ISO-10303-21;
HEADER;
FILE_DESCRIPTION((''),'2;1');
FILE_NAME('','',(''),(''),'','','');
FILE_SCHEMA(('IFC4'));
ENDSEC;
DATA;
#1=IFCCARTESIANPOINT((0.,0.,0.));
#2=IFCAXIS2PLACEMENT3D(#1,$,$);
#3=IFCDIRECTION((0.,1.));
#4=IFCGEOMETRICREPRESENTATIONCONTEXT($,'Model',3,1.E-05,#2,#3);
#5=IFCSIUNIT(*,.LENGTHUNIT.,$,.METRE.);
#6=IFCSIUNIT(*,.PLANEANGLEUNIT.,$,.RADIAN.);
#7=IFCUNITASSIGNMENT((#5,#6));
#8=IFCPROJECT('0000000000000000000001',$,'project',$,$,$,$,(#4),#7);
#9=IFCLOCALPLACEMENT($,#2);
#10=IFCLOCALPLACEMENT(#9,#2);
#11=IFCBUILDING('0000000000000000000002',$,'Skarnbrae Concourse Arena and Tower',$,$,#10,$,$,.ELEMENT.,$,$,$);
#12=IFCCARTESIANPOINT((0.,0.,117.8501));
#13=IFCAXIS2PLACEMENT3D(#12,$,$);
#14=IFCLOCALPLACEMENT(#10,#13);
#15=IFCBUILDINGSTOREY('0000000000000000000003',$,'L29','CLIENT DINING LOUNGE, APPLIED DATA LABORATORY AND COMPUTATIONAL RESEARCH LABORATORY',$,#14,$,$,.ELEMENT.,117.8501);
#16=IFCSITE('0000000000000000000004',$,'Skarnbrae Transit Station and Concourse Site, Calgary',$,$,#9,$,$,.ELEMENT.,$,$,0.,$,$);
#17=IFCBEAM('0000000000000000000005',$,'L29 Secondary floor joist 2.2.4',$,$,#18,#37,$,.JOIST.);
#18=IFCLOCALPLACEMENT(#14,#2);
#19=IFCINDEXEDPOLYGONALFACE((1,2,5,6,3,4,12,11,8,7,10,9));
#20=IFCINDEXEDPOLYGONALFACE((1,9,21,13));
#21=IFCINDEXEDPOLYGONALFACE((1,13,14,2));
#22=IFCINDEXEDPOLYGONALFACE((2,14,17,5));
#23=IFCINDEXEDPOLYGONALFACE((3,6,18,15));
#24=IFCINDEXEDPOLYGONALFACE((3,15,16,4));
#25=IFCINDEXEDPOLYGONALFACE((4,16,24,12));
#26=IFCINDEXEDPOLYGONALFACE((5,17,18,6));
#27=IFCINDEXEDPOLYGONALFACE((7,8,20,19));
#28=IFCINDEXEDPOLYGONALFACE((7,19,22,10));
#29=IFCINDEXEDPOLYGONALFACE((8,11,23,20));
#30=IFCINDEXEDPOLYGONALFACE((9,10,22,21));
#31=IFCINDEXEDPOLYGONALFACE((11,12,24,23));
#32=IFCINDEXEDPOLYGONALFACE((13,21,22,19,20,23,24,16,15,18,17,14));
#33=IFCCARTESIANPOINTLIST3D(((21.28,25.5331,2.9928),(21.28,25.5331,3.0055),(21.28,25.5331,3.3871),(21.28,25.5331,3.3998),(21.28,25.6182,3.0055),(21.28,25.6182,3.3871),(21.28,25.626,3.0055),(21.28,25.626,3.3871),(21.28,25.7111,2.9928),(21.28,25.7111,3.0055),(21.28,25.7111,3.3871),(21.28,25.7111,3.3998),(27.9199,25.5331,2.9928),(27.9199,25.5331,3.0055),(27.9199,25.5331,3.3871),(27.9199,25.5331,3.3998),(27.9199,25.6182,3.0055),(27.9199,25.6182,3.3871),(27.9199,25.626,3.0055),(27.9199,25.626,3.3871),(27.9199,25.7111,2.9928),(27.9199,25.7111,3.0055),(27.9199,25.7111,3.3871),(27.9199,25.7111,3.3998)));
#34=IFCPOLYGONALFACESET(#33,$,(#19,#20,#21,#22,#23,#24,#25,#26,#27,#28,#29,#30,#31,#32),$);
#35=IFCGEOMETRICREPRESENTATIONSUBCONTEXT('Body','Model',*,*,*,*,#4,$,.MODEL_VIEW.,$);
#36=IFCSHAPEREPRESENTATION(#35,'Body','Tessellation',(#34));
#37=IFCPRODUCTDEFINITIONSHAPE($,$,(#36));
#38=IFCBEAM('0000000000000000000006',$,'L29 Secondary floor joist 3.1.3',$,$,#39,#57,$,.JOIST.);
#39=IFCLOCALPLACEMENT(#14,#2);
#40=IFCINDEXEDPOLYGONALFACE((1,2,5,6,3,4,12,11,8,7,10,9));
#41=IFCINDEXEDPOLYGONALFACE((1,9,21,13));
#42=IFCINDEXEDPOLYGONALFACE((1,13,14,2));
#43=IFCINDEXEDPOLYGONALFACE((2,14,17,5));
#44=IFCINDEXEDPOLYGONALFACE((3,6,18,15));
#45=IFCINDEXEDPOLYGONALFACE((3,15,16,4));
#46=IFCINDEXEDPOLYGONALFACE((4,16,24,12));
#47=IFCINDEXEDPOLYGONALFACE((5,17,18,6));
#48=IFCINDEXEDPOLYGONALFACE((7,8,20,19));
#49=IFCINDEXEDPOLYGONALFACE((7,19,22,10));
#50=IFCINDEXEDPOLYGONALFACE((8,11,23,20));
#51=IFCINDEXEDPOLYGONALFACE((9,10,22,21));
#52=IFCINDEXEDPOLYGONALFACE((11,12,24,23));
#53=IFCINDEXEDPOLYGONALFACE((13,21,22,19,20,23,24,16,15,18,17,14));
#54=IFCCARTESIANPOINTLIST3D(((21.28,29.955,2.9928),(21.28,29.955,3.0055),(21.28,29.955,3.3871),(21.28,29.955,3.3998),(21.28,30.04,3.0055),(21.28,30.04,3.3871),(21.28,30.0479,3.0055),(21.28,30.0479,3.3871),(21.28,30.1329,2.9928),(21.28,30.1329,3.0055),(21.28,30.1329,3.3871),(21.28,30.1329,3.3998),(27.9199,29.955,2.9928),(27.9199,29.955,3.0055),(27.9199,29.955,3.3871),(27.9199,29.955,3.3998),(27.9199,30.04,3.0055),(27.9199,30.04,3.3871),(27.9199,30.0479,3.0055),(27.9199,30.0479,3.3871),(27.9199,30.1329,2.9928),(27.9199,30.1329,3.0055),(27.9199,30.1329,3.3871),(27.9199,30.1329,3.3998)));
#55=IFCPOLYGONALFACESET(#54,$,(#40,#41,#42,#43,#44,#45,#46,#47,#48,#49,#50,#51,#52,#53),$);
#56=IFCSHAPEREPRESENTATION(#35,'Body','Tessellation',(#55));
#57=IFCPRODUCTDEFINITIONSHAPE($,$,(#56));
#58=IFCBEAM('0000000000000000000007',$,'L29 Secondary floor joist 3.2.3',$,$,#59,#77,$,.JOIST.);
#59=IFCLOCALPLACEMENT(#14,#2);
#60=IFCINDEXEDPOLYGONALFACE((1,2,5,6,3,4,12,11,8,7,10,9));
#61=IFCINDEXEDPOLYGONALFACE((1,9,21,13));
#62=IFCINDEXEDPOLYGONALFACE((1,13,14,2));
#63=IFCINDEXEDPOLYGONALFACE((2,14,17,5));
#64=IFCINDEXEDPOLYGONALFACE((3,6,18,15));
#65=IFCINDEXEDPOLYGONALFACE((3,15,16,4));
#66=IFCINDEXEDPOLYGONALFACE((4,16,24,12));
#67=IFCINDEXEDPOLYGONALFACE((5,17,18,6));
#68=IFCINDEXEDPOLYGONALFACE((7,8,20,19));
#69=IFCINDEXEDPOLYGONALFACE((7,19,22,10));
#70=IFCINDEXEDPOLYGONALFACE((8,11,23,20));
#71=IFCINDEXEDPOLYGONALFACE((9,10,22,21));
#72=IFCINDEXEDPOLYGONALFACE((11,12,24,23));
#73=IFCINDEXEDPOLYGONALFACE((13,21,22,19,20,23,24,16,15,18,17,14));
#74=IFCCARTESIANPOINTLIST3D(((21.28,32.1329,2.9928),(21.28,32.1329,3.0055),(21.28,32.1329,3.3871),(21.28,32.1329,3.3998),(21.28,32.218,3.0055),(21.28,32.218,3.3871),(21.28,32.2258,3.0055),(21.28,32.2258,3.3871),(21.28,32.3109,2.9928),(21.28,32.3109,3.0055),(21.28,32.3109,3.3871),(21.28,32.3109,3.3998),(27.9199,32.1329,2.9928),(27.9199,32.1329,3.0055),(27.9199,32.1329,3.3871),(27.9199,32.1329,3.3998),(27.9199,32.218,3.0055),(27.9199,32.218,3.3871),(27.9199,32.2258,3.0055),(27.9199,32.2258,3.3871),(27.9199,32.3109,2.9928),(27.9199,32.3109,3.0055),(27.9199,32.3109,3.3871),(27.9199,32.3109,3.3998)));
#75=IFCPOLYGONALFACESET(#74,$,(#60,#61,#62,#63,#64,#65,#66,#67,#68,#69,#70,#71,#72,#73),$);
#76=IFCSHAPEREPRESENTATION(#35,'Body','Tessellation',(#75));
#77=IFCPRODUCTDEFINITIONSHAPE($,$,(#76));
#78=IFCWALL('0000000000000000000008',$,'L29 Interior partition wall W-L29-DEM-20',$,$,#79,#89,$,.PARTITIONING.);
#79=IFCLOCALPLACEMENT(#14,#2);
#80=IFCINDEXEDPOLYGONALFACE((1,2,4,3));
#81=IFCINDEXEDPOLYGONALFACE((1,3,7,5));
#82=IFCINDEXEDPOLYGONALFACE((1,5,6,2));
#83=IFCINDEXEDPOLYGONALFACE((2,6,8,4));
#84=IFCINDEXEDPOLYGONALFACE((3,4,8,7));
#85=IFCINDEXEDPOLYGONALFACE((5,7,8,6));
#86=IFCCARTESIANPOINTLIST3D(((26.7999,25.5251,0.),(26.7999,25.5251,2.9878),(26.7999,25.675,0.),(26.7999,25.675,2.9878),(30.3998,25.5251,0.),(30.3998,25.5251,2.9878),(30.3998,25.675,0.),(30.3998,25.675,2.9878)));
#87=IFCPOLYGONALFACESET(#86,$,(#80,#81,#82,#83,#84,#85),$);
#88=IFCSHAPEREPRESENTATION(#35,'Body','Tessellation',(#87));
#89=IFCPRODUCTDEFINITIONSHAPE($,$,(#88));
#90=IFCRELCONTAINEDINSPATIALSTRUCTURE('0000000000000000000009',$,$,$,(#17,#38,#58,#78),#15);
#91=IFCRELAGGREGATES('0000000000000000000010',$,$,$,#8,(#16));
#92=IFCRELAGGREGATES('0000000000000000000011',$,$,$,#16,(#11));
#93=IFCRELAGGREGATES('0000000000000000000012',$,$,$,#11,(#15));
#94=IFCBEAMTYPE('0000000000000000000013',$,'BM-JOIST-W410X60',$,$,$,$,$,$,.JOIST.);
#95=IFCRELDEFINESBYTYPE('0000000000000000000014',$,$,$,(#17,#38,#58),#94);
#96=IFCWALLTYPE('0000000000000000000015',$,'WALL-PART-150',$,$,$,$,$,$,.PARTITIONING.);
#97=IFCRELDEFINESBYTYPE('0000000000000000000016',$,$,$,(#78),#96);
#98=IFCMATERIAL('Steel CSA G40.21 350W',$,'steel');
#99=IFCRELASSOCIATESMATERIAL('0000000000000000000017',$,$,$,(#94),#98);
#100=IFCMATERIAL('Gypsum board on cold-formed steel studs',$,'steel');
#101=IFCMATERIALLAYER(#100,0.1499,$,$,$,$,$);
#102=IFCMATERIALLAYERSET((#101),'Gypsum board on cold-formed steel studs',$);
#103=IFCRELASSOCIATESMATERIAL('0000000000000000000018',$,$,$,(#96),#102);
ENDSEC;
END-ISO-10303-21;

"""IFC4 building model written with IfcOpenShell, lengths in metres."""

from ifc_helpers import new_model, si_unit, direction, frame, frame_2d, origin, origin_2d, place, context, subcontext, project, spatial, rectangle, i_section, extrude, source, transform, mapped, material, layer, layer_set, material_profile, profile_set, type_object, element, save


model = new_model("IFC4")

# Units and contexts
model_context = context("Model", 3, precision=1e-05, world=origin(), true_north=direction((0.0, 1.0)))
body_context = subcontext(model_context, "Body", "Model", "MODEL_VIEW")
ifc_project = project(units=[si_unit("LENGTHUNIT", "METRE"), si_unit("PLANEANGLEUNIT", "RADIAN")], contexts=[model_context])

# Site, building, storey
site_placement = place(None, origin())
site = spatial("IfcSite", under=ifc_project, at=site_placement, Name="Skarnbrae Transit Station and Concourse Site, Calgary", CompositionType="ELEMENT", RefElevation=0.0)
building_placement = place(site_placement, origin())
building = spatial("IfcBuilding", under=site, at=building_placement, Name="Skarnbrae Concourse Arena and Tower", CompositionType="ELEMENT")
storey_placement = place(building_placement, frame((0.0, 0.0, 117.8501)))
storey = spatial("IfcBuildingStorey", under=building, at=storey_placement, Name="L29", Description="CLIENT DINING LOUNGE, APPLIED DATA LABORATORY AND COMPUTATIONAL RESEARCH LABORATORY", CompositionType="ELEMENT", Elevation=117.8501)

# Shared definitions
ifc_material_1 = material(Name="Steel CSA G40.21 350W", Category="steel")

# Beams
ifc_material_profile_1 = material_profile(ifc_material_1, i_section(OverallWidth=0.178, OverallDepth=0.407, WebThickness=0.0078, FlangeThickness=0.0127, at=origin_2d()), Name="W410X60")
ifc_profile_set_1 = profile_set([ifc_material_profile_1], Name="Steel CSA G40.21 350W")
beam_type_1 = type_object("IfcBeamType", Name="BM-JOIST-W410X60", PredefinedType="JOIST", material=ifc_profile_set_1)
shared_shape_1 = source(origin(), body_context, "Body", "SweptSolid", [
    extrude(i_section(OverallWidth=0.178, OverallDepth=0.407, WebThickness=0.0078, FlangeThickness=0.0127, at=origin_2d()), origin(), (0.0, 0.0, 1.0), 6.6399),
])
for number, where, z_axis, x_axis, name in (
    (1, (21.28, 25.6221, 3.1963), (1.0, 0.0, 0.0), (0.0, 1.0, 0.0), "L29 Secondary floor joist 2.2.4"),
    (2, (21.28, 30.0439, 3.1963), (1.0, 0.0, 0.0), (0.0, 1.0, 0.0), "L29 Secondary floor joist 3.1.3"),
    (3, (21.28, 32.2219, 3.1963), (1.0, 0.0, 0.0), (0.0, 1.0, 0.0), "L29 Secondary floor joist 3.2.3"),
):
    element("IfcBeam", number, at=place(storey_placement, frame(where, z_axis=z_axis, x_axis=x_axis)), inside=storey, type_object=beam_type_1, Name=name, PredefinedType="JOIST", context=body_context, shape_type="MappedRepresentation", body=[
        mapped(shared_shape_1, transform((0.0, 0.0, 0.0))),
    ])

# Wall
ifc_material_2 = material(Name="Gypsum board on cold-formed steel studs", Category="steel")
ifc_layer = layer(ifc_material_2, 0.1499)
ifc_layer_set = layer_set([ifc_layer], Name="Gypsum board on cold-formed steel studs")
wall_type = type_object("IfcWallType", Name="WALL-PART-150", PredefinedType="PARTITIONING", material=ifc_layer_set)
shared_shape_2 = source(origin(), body_context, "Body", "SweptSolid", [
    extrude(rectangle(XDim=3.5999, YDim=0.1499, at=frame_2d((1.7998, 0.0))), origin(), (0.0, 0.0, 1.0), 2.9878),
])
wall_placement = place(storey_placement, frame((26.8, 25.6001, 0.0), z_axis=(0.0, 0.0, 1.0), x_axis=(1.0, 0.0, 0.0)))
element("IfcWall", 4, at=wall_placement, inside=storey, type_object=wall_type, Name="L29 Interior partition wall W-L29-DEM-20", PredefinedType="PARTITIONING", context=body_context, shape_type="MappedRepresentation", body=[
    mapped(shared_shape_2, transform((0.0, 0.0, 0.0))),
])

save(model, "model.ifc")
